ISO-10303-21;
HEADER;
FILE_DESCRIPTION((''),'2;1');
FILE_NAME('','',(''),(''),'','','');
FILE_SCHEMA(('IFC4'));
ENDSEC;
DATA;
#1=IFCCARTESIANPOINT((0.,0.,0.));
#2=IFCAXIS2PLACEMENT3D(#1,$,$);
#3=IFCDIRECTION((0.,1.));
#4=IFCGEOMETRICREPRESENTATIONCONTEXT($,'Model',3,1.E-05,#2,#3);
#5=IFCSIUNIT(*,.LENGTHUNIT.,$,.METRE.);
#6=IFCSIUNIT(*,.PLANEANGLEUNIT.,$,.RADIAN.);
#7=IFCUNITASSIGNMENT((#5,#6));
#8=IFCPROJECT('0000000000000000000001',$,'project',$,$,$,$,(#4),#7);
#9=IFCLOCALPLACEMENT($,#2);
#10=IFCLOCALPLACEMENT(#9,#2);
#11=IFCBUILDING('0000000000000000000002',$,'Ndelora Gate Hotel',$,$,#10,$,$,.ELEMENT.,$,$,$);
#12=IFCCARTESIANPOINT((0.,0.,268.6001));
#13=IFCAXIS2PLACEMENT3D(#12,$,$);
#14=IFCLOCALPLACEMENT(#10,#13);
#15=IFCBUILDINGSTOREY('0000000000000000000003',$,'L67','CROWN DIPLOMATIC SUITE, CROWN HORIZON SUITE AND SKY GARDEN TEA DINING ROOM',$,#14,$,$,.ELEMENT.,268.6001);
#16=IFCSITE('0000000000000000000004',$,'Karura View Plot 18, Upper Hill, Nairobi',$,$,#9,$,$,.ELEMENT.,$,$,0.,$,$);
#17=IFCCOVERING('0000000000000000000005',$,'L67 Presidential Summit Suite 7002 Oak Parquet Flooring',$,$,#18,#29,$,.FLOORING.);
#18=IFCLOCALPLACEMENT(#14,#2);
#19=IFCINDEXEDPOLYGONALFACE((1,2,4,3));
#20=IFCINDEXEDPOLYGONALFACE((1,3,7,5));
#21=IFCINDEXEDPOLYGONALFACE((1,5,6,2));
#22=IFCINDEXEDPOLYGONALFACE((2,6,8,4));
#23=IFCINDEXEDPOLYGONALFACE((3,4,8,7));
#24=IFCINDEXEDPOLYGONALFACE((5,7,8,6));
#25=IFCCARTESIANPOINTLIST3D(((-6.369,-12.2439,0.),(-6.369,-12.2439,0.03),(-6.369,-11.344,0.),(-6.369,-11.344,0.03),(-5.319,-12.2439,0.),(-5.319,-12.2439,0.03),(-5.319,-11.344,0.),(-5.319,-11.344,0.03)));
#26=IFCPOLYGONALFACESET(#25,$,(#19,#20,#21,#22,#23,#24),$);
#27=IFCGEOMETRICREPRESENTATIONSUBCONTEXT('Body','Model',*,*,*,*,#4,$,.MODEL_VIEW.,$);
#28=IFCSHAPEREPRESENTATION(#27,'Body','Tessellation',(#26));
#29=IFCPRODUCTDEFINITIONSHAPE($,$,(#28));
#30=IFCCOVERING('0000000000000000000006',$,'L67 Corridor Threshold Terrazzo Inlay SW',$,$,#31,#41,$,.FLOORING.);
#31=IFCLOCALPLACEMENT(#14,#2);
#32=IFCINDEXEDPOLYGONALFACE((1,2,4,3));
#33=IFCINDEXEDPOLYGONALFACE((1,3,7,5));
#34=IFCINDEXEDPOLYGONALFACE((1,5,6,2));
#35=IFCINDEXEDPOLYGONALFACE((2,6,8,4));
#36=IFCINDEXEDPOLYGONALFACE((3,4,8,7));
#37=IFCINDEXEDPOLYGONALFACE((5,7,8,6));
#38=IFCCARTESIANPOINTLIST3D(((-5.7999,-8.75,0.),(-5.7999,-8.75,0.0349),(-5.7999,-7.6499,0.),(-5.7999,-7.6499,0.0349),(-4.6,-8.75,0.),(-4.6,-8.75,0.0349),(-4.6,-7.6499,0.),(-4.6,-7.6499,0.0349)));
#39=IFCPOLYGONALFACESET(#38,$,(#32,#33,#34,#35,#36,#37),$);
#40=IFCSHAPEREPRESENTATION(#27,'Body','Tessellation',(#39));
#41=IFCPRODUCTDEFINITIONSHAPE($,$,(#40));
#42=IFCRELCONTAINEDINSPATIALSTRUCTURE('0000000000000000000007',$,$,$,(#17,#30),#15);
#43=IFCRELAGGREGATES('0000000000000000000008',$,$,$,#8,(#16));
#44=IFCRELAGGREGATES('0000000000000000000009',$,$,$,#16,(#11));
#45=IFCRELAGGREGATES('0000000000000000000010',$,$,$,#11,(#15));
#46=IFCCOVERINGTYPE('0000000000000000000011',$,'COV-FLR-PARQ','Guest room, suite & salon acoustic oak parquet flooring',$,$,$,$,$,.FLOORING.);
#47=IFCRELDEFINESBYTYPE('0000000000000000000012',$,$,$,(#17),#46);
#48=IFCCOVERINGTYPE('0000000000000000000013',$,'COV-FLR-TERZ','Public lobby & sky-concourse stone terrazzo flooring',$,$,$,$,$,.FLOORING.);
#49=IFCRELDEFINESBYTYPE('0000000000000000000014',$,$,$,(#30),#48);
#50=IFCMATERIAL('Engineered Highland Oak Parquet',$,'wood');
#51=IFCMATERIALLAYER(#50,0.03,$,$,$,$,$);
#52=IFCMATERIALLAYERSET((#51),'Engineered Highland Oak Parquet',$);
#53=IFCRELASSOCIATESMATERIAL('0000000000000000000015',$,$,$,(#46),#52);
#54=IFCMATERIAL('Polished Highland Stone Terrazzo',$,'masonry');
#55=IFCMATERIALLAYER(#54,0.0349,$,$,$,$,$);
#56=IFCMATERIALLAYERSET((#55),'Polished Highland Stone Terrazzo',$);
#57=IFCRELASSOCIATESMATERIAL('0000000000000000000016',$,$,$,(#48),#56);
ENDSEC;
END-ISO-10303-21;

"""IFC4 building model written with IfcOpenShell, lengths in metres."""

from ifc_helpers import new_model, si_unit, direction, frame, origin, origin_2d, place, context, subcontext, project, spatial, rectangle, extrude, material, layer, layer_set, type_object, element, save


model = new_model("IFC4")

# Units and contexts
model_context = context("Model", 3, precision=1e-05, world=origin(), true_north=direction((0.0, 1.0)))
body_context = subcontext(model_context, "Body", "Model", "MODEL_VIEW")
ifc_project = project(units=[si_unit("LENGTHUNIT", "METRE"), si_unit("PLANEANGLEUNIT", "RADIAN")], contexts=[model_context])

# Site, building, storey
site_placement = place(None, origin())
site = spatial("IfcSite", under=ifc_project, at=site_placement, Name="Karura View Plot 18, Upper Hill, Nairobi", CompositionType="ELEMENT", RefElevation=0.0)
building_placement = place(site_placement, origin())
building = spatial("IfcBuilding", under=site, at=building_placement, Name="Ndelora Gate Hotel", CompositionType="ELEMENT")
storey_placement = place(building_placement, frame((0.0, 0.0, 268.6001)))
storey = spatial("IfcBuildingStorey", under=building, at=storey_placement, Name="L67", Description="CROWN DIPLOMATIC SUITE, CROWN HORIZON SUITE AND SKY GARDEN TEA DINING ROOM", CompositionType="ELEMENT", Elevation=268.6001)

# Coverings
ifc_material_1 = material(Name="Engineered Highland Oak Parquet", Category="wood")
ifc_layer_1 = layer(ifc_material_1, 0.03)
ifc_layer_set_1 = layer_set([ifc_layer_1], Name="Engineered Highland Oak Parquet")
covering_type_1 = type_object("IfcCoveringType", Name="COV-FLR-PARQ", Description="Guest room, suite & salon acoustic oak parquet flooring", PredefinedType="FLOORING", material=ifc_layer_set_1)
covering_1_placement = place(storey_placement, frame((-5.844, -11.7939, 0.0), z_axis=(0.0, 0.0, 1.0), x_axis=(1.0, 0.0, 0.0)))
element("IfcCovering", 1, at=covering_1_placement, inside=storey, type_object=covering_type_1, Name="L67 Presidential Summit Suite 7002 Oak Parquet Flooring", PredefinedType="FLOORING", context=body_context, shape_type="SweptSolid", body=[
    extrude(rectangle(XDim=1.05, YDim=0.8999, at=origin_2d()), origin(), (0.0, 0.0, 1.0), 0.03),
])
ifc_material_2 = material(Name="Polished Highland Stone Terrazzo", Category="masonry")
ifc_layer_2 = layer(ifc_material_2, 0.0349)
ifc_layer_set_2 = layer_set([ifc_layer_2], Name="Polished Highland Stone Terrazzo")
covering_type_2 = type_object("IfcCoveringType", Name="COV-FLR-TERZ", Description="Public lobby & sky-concourse stone terrazzo flooring", PredefinedType="FLOORING", material=ifc_layer_set_2)
covering_2_placement = place(storey_placement, frame((-5.2, -8.2, 0.0), z_axis=(0.0, 0.0, 1.0), x_axis=(1.0, 0.0, 0.0)))
element("IfcCovering", 2, at=covering_2_placement, inside=storey, type_object=covering_type_2, Name="L67 Corridor Threshold Terrazzo Inlay SW", PredefinedType="FLOORING", context=body_context, shape_type="SweptSolid", body=[
    extrude(rectangle(XDim=1.2, YDim=1.1001, at=origin_2d()), origin(), (0.0, 0.0, 1.0), 0.0349),
])

save(model, "model.ifc")
